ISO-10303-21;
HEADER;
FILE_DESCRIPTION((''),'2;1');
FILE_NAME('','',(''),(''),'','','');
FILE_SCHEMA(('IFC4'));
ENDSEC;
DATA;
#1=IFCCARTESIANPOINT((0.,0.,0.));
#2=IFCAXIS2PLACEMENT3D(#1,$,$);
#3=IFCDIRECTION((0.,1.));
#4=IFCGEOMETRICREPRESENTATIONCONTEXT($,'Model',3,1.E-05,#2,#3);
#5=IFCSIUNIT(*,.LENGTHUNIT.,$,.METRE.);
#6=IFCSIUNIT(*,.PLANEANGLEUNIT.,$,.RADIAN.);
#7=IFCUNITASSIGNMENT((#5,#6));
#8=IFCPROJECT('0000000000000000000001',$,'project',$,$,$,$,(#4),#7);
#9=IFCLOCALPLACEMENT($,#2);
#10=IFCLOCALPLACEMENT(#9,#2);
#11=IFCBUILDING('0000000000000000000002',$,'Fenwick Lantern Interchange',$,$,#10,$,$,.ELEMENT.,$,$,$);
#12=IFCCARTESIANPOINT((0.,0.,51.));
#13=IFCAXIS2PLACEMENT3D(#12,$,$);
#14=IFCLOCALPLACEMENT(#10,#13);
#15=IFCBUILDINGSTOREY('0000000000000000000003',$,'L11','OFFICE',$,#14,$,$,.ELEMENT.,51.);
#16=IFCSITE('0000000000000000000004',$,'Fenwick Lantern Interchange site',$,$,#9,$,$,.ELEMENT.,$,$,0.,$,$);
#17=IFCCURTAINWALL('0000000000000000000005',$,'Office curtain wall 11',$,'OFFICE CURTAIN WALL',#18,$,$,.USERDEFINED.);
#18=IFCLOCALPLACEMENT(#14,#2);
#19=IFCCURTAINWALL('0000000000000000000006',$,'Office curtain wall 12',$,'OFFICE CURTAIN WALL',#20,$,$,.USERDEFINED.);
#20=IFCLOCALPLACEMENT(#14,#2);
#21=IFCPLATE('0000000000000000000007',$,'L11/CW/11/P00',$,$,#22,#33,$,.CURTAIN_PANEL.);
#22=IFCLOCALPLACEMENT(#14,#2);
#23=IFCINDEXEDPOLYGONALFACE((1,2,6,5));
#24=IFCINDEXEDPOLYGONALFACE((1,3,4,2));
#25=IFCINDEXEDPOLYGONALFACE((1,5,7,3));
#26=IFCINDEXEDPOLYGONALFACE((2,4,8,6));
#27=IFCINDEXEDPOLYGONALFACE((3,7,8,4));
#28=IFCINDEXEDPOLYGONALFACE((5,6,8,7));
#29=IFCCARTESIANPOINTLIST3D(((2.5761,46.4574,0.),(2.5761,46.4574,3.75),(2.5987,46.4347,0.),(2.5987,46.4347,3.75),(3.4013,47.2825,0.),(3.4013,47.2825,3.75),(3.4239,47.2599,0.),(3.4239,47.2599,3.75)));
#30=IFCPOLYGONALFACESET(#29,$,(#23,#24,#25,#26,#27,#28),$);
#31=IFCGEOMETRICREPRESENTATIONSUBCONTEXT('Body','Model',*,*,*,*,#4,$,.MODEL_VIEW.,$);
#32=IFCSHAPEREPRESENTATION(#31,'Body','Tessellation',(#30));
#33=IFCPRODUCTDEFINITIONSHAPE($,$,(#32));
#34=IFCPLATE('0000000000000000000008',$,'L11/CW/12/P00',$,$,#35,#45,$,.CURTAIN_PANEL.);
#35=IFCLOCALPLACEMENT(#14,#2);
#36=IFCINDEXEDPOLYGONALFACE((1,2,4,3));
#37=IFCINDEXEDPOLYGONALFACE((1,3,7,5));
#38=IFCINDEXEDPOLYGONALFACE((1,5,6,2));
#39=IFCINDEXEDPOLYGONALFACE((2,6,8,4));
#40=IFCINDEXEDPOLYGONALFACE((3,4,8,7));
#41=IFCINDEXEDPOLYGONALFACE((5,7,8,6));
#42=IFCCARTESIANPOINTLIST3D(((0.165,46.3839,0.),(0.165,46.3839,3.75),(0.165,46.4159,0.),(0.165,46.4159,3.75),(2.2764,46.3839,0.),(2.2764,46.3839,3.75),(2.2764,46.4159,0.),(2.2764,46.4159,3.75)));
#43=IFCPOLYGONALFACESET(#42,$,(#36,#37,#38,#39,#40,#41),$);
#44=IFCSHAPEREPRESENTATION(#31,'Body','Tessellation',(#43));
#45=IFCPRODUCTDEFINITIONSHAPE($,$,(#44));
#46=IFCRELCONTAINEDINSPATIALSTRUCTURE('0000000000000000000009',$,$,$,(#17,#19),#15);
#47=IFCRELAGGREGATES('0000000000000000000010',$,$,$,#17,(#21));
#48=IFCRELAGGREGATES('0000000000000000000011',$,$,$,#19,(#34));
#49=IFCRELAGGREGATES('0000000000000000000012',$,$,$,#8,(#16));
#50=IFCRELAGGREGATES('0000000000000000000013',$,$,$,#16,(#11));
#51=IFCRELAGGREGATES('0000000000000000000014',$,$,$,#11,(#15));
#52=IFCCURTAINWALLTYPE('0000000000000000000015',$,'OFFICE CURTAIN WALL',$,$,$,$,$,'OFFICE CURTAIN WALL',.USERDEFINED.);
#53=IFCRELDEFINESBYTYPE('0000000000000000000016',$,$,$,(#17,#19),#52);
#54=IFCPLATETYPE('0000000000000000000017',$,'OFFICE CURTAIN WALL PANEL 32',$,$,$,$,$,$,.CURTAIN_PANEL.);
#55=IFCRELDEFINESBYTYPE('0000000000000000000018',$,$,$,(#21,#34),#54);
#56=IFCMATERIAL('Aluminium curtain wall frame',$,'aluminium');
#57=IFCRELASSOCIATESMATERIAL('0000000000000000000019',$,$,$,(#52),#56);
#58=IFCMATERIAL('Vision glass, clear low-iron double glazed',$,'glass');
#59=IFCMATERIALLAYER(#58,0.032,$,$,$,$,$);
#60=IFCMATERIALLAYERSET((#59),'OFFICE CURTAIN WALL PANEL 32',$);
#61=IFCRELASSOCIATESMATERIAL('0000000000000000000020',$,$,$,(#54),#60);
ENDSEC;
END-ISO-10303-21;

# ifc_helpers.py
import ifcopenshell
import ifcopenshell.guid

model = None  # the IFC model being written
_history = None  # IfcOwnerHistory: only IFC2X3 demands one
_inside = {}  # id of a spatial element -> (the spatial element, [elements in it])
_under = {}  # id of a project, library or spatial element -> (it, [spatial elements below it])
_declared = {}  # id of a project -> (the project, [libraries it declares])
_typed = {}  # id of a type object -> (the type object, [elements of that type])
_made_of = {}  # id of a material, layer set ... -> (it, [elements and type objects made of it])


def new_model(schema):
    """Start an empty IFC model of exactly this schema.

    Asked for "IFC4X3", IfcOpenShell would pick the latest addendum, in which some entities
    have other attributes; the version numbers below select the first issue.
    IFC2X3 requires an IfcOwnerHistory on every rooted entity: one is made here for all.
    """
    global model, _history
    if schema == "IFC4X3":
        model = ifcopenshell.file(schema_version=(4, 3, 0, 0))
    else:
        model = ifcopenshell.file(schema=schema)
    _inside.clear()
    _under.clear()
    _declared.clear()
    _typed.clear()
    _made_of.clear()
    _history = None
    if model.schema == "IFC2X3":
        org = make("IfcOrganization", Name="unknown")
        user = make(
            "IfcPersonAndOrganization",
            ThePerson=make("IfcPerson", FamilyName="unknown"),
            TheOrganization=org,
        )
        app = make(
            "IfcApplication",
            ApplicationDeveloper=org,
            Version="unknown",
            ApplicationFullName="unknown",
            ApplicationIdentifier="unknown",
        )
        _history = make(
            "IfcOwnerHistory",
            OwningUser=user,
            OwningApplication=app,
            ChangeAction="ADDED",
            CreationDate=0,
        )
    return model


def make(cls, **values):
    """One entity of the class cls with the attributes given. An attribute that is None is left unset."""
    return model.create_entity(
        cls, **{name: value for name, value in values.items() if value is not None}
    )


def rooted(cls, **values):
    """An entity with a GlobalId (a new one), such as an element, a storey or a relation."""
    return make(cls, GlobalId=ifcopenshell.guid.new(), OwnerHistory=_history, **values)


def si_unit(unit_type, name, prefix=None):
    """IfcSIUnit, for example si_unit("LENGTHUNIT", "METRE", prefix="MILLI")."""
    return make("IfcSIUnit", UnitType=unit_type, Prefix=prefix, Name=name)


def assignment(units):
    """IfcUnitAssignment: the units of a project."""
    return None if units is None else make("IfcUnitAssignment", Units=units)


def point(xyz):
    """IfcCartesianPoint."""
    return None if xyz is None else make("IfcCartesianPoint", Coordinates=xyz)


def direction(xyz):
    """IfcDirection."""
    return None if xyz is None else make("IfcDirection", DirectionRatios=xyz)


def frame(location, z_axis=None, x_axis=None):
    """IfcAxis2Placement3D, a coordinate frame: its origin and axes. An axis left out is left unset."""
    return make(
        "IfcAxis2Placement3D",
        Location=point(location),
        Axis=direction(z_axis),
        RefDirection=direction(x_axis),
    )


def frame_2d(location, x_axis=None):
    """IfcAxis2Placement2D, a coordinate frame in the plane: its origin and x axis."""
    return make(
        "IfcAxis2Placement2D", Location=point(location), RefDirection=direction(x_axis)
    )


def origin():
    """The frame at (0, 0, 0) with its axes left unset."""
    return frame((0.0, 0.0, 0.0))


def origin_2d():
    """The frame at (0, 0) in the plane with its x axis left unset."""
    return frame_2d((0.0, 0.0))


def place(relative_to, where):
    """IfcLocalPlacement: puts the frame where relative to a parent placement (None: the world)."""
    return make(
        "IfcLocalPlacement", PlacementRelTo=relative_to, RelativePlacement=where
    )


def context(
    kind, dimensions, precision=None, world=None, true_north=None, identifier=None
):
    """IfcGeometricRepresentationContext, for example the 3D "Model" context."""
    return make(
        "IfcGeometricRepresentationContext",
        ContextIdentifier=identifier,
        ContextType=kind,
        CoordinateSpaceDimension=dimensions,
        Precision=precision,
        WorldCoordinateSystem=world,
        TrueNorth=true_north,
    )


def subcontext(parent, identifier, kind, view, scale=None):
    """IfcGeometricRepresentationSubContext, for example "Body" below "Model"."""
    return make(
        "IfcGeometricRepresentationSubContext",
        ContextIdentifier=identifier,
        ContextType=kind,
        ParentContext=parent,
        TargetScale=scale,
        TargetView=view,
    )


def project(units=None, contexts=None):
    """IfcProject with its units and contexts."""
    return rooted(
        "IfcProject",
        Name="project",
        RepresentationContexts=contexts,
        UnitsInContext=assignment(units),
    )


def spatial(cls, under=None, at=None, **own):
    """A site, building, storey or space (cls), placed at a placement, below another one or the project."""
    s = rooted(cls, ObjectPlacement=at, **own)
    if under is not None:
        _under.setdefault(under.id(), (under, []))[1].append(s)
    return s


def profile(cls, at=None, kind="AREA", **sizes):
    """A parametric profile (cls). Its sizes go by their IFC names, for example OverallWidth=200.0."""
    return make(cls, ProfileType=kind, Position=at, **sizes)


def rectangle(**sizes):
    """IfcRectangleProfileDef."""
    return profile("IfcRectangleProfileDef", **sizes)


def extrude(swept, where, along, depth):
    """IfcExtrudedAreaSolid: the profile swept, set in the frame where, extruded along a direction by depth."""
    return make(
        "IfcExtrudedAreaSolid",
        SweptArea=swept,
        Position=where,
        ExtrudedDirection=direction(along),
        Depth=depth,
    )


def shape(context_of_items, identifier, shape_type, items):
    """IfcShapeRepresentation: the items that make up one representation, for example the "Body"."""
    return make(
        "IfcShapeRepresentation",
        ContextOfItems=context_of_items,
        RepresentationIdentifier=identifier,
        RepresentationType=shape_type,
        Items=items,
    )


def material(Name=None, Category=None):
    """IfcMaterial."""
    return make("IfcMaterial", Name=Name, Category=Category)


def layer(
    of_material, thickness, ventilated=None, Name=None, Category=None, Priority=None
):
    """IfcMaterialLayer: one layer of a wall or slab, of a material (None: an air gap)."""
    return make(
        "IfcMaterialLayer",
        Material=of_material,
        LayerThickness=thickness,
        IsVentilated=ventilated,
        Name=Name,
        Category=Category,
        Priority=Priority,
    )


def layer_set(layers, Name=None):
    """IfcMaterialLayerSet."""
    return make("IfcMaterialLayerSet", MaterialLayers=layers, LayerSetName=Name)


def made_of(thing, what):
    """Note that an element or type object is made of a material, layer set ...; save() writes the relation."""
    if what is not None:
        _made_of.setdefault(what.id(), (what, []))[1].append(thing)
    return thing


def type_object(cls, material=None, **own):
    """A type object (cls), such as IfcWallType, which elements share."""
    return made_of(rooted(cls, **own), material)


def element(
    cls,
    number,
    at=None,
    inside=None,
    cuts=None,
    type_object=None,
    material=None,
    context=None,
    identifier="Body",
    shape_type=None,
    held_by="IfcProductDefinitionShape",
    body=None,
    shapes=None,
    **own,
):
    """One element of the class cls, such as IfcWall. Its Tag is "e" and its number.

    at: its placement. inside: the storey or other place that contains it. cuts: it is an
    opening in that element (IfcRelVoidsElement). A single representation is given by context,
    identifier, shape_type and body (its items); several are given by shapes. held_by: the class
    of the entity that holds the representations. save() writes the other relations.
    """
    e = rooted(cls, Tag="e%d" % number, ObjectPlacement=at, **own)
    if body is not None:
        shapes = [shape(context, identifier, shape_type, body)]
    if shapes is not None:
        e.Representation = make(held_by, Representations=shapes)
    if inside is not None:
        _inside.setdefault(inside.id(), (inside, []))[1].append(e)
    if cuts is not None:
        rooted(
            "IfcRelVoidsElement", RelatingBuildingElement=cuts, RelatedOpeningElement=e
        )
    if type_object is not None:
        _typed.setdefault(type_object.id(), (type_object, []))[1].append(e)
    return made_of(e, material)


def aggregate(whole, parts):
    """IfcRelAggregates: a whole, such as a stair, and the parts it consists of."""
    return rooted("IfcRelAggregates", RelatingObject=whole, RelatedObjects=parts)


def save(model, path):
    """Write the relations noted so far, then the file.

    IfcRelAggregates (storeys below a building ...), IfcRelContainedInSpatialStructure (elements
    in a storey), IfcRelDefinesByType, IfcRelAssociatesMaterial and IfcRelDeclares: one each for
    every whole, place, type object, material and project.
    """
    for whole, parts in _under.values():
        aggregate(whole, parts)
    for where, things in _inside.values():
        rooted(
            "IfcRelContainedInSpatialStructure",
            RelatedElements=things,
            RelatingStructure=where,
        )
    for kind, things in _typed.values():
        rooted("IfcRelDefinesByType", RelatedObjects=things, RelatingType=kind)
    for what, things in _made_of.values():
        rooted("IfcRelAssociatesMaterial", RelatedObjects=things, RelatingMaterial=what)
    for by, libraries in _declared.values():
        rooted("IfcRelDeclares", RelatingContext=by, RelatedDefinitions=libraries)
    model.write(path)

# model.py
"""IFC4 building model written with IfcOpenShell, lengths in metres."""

from ifc_helpers import new_model, si_unit, direction, frame, origin, origin_2d, place, context, subcontext, project, spatial, rectangle, extrude, material, layer, layer_set, type_object, element, aggregate, save


model = new_model("IFC4")

# Units and contexts
model_context = context("Model", 3, precision=1e-05, world=origin(), true_north=direction((0.0, 1.0)))
body_context = subcontext(model_context, "Body", "Model", "MODEL_VIEW")
ifc_project = project(units=[si_unit("LENGTHUNIT", "METRE"), si_unit("PLANEANGLEUNIT", "RADIAN")], contexts=[model_context])

# Site, building, storey
site_placement = place(None, origin())
site = spatial("IfcSite", under=ifc_project, at=site_placement, Name="Fenwick Lantern Interchange site", CompositionType="ELEMENT", RefElevation=0.0)
building_placement = place(site_placement, origin())
building = spatial("IfcBuilding", under=site, at=building_placement, Name="Fenwick Lantern Interchange", CompositionType="ELEMENT")
storey_placement = place(building_placement, frame((0.0, 0.0, 51.0)))
storey = spatial("IfcBuildingStorey", under=building, at=storey_placement, Name="L11", Description="OFFICE", CompositionType="ELEMENT", Elevation=51.0)

# Shared definitions
ifc_material_1 = material(Name="Aluminium curtain wall frame", Category="aluminium")
curtain_wall_type = type_object("IfcCurtainWallType", Name="OFFICE CURTAIN WALL", ElementType="OFFICE CURTAIN WALL", PredefinedType="USERDEFINED", material=ifc_material_1)

# Curtain walls
curtain_wall_1_placement = place(storey_placement, origin())
curtain_wall_1 = element("IfcCurtainWall", 1, at=curtain_wall_1_placement, inside=storey, type_object=curtain_wall_type, Name="Office curtain wall 11", ObjectType="OFFICE CURTAIN WALL", PredefinedType="USERDEFINED")
curtain_wall_2_placement = place(storey_placement, origin())
curtain_wall_2 = element("IfcCurtainWall", 2, at=curtain_wall_2_placement, inside=storey, type_object=curtain_wall_type, Name="Office curtain wall 12", ObjectType="OFFICE CURTAIN WALL", PredefinedType="USERDEFINED")

# Plates
ifc_material_2 = material(Name="Vision glass, clear low-iron double glazed", Category="glass")
ifc_layer_1 = layer(ifc_material_2, 0.032)
ifc_layer_set_1 = layer_set([ifc_layer_1], Name="OFFICE CURTAIN WALL PANEL 32")
plate_type = type_object("IfcPlateType", Name="OFFICE CURTAIN WALL PANEL 32", PredefinedType="CURTAIN_PANEL", material=ifc_layer_set_1)
plate_1_placement = place(storey_placement, frame((3.0, 46.8586, 0.0), z_axis=(0.0, 0.0, 1.0), x_axis=(-0.707107, -0.707107, 0.0)))
plate_1 = element("IfcPlate", 3, at=plate_1_placement, type_object=plate_type, Name="L11/CW/11/P00", PredefinedType="CURTAIN_PANEL", context=body_context, shape_type="SweptSolid", body=[
    extrude(rectangle(XDim=1.167, YDim=0.032, at=origin_2d()), origin(), (0.0, 0.0, 1.0), 3.75),
])
aggregate(curtain_wall_1, [plate_1])
plate_2_placement = place(storey_placement, frame((1.2207, 46.3999, 0.0), z_axis=(0.0, 0.0, 1.0), x_axis=(-1.0, 0.0, 0.0)))
plate_2 = element("IfcPlate", 4, at=plate_2_placement, type_object=plate_type, Name="L11/CW/12/P00", PredefinedType="CURTAIN_PANEL", context=body_context, shape_type="SweptSolid", body=[
    extrude(rectangle(XDim=2.1113, YDim=0.032, at=origin_2d()), origin(), (0.0, 0.0, 1.0), 3.75),
])
aggregate(curtain_wall_2, [plate_2])

save(model, "model.ifc")
